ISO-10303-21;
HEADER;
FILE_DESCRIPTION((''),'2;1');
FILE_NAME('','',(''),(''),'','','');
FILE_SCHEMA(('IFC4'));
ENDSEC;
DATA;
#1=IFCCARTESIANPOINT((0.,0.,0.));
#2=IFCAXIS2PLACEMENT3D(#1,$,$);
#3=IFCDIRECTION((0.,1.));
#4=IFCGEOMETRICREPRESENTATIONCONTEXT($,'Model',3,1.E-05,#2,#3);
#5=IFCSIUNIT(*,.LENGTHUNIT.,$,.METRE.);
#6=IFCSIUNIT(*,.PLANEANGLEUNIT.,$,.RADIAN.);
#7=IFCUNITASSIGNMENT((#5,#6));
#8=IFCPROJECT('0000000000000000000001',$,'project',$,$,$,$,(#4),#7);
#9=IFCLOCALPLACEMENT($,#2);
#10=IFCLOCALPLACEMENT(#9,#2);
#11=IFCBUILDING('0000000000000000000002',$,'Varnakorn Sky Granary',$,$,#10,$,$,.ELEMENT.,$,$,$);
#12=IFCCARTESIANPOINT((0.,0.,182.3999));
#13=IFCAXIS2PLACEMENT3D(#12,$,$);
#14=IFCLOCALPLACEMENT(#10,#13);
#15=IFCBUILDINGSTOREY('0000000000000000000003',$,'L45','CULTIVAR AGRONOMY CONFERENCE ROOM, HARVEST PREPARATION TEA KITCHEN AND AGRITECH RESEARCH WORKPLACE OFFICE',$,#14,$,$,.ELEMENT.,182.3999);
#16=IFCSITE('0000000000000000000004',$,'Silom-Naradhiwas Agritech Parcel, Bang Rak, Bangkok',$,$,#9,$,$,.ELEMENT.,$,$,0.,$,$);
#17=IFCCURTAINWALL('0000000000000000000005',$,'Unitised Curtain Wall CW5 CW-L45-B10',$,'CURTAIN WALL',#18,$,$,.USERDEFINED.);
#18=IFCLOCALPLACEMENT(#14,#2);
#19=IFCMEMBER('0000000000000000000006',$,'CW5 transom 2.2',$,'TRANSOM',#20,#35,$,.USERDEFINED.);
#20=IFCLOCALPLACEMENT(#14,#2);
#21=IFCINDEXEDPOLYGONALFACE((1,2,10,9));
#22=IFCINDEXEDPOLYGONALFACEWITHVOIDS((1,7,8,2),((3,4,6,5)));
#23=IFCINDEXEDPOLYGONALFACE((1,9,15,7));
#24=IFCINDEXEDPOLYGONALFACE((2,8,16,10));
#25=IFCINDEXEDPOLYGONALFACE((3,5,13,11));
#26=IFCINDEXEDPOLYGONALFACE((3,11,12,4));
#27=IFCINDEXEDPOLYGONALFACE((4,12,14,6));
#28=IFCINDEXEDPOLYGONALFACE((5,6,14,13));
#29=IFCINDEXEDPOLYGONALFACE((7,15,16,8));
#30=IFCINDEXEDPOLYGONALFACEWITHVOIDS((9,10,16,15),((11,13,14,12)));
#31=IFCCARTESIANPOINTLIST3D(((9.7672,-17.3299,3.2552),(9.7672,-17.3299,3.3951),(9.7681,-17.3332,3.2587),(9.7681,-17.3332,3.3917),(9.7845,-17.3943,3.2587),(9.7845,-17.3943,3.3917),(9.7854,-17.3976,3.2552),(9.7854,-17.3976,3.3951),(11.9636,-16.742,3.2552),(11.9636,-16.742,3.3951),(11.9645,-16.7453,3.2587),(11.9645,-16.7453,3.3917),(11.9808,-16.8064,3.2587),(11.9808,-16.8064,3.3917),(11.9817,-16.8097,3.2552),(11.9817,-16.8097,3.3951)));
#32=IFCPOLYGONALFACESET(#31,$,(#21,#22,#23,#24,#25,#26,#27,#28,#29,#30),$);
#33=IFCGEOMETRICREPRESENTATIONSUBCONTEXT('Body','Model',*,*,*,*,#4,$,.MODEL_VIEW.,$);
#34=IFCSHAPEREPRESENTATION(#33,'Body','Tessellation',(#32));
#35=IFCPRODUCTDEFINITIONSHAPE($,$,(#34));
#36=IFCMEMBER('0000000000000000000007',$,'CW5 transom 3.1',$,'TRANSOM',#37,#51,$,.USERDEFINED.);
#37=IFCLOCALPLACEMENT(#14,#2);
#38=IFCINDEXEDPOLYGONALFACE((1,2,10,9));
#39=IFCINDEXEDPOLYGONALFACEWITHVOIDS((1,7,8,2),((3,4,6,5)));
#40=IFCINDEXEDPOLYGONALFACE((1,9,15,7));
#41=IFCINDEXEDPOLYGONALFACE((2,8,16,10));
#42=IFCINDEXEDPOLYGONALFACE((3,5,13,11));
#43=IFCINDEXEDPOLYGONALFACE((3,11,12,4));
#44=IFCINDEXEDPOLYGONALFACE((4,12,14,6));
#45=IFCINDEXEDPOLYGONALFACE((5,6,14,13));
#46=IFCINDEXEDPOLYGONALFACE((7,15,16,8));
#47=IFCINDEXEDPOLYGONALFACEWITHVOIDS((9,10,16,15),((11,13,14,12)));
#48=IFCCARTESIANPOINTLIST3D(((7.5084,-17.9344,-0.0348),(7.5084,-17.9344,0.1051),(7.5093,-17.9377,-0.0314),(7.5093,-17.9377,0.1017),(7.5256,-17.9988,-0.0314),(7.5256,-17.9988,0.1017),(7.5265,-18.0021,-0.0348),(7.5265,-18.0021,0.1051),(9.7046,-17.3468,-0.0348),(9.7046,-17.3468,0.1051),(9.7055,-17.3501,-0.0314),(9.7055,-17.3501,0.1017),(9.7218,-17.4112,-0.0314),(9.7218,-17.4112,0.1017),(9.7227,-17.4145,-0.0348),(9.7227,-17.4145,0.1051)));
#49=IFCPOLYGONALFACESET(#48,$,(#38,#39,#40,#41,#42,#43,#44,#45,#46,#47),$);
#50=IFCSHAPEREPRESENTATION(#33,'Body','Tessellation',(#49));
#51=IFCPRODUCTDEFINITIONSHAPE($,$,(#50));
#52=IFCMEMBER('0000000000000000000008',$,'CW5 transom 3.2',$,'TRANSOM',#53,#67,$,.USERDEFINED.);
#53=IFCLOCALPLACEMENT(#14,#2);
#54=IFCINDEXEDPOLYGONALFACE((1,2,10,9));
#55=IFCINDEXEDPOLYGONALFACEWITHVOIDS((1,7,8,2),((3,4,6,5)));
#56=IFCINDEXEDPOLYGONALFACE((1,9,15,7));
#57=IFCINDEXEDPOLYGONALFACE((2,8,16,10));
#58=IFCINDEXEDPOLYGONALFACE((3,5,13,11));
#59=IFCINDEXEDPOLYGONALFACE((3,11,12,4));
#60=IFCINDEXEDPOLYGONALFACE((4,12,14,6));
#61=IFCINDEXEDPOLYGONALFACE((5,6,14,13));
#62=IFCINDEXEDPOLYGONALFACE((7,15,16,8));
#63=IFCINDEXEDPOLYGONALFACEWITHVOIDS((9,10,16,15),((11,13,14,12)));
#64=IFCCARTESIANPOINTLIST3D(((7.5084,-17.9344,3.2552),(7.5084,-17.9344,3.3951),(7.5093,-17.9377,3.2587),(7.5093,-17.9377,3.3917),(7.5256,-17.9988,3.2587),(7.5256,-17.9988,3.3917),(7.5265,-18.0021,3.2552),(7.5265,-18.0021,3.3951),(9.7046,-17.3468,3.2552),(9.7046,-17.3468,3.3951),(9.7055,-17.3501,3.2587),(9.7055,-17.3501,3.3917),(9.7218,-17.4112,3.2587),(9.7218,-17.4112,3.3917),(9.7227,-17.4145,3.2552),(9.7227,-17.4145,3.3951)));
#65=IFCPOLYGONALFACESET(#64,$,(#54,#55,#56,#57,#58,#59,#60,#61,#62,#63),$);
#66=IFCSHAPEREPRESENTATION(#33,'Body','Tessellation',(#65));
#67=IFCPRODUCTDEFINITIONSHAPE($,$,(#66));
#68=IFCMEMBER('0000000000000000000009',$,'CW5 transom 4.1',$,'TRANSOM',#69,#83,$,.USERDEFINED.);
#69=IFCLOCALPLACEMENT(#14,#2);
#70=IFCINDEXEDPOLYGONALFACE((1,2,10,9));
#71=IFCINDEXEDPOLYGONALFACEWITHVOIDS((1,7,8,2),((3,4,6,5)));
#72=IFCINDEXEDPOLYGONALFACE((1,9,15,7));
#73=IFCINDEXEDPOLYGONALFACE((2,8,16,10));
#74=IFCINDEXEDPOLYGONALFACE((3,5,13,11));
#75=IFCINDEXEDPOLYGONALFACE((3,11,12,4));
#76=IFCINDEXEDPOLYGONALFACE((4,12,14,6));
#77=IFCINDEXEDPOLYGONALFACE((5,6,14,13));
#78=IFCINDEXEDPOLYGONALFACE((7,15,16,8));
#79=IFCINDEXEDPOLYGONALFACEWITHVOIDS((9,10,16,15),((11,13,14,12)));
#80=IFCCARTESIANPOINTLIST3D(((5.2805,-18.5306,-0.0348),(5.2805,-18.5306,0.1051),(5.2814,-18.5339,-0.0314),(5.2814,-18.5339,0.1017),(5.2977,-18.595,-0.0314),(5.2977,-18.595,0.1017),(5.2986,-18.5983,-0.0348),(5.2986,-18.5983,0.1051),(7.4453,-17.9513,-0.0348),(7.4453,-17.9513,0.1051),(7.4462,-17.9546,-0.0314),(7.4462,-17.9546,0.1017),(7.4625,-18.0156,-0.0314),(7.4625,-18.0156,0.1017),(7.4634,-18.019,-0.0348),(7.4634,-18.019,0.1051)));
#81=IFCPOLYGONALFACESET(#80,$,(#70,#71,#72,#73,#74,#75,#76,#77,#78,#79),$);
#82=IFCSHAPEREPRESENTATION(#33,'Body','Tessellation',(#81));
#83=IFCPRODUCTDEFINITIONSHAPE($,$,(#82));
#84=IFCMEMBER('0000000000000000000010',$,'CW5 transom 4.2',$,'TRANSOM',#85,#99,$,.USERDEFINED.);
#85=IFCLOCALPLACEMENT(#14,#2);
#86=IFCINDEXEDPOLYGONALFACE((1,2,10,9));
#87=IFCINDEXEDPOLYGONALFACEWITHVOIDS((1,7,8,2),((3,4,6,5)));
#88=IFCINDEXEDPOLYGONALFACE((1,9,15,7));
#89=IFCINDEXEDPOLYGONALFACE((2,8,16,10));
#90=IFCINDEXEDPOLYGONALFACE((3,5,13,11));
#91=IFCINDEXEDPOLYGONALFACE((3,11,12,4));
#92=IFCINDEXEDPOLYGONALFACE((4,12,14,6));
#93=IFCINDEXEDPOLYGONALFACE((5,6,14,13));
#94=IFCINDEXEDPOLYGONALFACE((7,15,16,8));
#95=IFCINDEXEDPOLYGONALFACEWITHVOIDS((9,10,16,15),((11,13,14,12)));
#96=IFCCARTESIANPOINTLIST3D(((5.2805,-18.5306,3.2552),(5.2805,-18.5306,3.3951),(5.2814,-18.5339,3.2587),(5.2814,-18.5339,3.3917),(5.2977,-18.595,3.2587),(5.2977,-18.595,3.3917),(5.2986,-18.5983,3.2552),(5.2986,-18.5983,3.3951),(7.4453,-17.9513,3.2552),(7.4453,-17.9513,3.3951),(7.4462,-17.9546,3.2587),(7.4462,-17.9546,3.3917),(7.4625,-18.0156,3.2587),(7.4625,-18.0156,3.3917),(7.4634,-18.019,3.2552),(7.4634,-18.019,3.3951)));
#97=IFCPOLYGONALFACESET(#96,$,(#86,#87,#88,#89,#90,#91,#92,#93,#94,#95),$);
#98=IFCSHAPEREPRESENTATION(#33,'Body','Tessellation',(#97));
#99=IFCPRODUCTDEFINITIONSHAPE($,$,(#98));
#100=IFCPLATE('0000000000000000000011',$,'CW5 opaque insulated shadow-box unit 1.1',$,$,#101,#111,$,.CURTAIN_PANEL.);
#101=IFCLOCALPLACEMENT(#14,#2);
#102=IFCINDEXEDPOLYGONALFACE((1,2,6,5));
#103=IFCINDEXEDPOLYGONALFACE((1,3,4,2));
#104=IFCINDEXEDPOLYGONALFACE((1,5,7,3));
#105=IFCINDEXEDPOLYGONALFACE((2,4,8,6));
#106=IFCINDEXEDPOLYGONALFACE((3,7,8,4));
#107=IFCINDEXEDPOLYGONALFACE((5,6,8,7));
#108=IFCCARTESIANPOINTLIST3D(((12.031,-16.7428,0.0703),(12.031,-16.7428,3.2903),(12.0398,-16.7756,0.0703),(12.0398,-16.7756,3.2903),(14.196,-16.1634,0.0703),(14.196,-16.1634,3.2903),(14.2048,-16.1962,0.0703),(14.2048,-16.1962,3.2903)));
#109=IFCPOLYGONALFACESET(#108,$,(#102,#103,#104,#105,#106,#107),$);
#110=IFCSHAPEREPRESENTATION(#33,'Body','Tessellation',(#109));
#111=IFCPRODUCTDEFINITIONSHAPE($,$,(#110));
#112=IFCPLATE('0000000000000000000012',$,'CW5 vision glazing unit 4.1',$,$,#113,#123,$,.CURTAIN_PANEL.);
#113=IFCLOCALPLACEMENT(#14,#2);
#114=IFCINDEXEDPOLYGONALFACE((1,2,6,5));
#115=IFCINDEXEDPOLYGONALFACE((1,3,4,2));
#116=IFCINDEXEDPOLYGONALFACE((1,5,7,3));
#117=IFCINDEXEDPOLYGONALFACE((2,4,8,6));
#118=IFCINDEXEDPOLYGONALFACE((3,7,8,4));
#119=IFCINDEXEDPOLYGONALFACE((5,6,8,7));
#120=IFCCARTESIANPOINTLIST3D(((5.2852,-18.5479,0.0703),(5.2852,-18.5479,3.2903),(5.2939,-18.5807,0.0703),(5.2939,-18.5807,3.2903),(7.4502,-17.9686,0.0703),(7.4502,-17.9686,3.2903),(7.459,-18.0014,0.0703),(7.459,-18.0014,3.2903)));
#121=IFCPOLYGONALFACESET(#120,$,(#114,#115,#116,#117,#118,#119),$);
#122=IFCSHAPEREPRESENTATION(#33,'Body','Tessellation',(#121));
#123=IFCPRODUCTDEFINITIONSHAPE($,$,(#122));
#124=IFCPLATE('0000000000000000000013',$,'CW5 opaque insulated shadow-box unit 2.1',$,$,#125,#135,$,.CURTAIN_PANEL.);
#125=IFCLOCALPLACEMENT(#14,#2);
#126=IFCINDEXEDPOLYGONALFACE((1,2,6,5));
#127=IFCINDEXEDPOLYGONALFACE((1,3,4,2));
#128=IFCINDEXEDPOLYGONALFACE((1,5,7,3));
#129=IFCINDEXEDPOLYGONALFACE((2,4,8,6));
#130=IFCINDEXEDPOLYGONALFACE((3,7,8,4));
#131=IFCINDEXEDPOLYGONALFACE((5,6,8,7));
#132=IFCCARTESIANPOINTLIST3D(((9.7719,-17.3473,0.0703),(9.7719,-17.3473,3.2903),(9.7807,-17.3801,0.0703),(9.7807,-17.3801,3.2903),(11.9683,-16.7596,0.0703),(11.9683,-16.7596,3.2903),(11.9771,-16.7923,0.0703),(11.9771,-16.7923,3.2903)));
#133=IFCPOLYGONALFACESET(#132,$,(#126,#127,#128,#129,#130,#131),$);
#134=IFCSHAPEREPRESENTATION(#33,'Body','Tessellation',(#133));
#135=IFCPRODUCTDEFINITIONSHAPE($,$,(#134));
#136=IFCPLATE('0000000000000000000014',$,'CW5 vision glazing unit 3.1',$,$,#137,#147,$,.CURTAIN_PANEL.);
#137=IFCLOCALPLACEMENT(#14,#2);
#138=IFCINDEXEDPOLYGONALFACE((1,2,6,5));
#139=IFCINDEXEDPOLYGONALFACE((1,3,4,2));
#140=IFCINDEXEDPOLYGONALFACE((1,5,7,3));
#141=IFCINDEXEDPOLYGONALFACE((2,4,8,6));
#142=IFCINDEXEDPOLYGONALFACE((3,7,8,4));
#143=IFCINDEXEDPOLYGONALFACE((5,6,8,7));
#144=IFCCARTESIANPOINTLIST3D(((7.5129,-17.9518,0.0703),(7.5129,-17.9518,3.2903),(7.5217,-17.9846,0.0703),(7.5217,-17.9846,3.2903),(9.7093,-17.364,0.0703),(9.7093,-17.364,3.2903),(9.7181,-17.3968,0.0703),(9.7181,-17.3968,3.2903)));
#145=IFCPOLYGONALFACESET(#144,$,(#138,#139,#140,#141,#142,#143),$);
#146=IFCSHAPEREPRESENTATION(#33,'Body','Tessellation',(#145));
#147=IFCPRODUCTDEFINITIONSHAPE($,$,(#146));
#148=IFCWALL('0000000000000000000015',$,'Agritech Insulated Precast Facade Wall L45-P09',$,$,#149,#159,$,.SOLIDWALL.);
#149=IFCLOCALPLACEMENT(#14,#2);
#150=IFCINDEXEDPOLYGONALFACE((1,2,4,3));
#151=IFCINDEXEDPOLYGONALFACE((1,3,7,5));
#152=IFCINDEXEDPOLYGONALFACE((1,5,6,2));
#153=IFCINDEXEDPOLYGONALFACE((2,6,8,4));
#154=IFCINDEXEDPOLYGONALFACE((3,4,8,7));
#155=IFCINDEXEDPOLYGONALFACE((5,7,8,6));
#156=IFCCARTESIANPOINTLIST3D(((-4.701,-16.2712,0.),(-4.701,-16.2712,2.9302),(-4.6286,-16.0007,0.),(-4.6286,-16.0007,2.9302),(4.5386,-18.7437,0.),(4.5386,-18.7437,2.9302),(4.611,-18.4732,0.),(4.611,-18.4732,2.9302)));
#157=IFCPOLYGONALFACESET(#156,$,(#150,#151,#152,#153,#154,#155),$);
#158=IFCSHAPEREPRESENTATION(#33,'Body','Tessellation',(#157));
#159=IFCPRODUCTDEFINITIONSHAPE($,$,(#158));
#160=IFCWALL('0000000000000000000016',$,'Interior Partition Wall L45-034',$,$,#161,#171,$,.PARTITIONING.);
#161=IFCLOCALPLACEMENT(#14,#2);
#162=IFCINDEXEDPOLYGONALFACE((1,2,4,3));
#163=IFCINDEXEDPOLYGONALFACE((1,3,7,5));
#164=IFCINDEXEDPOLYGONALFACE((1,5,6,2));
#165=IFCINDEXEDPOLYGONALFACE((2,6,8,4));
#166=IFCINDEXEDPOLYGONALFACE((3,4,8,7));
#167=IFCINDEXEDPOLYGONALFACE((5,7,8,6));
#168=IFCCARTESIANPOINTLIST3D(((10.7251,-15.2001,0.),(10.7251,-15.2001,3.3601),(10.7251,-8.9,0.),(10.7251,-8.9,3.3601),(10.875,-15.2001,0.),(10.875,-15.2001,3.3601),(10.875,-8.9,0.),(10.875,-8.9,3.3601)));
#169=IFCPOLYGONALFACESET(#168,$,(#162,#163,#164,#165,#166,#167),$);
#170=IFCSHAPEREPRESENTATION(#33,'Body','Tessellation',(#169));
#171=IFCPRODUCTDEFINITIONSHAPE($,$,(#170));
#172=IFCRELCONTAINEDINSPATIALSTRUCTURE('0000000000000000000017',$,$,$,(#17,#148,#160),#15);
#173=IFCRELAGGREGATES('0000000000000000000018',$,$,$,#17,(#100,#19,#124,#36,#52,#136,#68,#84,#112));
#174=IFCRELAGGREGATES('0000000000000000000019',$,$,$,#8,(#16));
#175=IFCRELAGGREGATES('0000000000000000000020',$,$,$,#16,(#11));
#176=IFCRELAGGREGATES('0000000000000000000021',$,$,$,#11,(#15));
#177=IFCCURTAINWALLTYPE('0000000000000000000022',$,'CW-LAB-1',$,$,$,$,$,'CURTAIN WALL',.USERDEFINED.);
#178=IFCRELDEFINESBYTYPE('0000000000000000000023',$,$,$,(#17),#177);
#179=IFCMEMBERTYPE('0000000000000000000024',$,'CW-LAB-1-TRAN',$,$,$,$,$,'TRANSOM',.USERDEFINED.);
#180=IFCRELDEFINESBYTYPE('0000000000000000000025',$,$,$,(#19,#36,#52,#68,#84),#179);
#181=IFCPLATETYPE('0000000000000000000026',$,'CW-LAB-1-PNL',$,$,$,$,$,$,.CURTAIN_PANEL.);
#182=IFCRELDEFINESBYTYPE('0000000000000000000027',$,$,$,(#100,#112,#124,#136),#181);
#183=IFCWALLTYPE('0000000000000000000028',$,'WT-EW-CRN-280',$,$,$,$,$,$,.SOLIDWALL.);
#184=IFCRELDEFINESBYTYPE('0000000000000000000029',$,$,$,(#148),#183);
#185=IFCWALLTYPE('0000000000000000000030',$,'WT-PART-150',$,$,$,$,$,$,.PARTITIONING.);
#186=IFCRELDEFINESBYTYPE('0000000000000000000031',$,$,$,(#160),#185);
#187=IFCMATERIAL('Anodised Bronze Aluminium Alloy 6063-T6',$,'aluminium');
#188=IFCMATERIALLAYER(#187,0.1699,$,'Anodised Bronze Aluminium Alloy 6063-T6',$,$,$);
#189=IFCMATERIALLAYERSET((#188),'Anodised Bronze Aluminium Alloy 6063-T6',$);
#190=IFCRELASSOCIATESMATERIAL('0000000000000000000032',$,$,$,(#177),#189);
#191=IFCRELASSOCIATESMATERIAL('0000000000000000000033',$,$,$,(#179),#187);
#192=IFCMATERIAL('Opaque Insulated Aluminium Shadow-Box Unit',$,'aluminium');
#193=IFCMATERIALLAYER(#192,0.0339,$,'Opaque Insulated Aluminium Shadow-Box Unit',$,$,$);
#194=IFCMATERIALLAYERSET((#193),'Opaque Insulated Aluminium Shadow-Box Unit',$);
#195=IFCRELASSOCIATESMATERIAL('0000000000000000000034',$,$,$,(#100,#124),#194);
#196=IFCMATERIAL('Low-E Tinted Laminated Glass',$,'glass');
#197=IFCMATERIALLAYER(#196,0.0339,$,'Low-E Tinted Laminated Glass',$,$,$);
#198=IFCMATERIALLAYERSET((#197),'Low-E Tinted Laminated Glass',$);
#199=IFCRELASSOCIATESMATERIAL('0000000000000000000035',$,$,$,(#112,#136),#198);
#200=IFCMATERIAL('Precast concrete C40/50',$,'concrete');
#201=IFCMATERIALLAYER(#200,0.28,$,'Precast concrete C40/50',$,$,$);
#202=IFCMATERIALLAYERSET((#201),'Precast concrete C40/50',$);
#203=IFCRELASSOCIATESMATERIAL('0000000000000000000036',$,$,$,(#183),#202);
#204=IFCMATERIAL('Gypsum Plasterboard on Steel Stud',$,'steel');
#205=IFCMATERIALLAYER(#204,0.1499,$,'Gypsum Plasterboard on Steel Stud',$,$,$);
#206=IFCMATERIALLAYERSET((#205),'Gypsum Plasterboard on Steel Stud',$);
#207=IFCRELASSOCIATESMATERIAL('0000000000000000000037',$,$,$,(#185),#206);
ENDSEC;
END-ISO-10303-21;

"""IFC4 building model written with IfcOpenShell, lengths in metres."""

from ifc_helpers import new_model, si_unit, direction, frame, frame_2d, origin, origin_2d, place, context, subcontext, project, spatial, rectangle, hollow_rectangle, extrude, source, transform, mapped, material, layer, layer_set, material_profile, profile_set, type_object, type_shapes, element, aggregate, save


model = new_model("IFC4")

# Units and contexts
model_context = context("Model", 3, precision=1e-05, world=origin(), true_north=direction((0.0, 1.0)))
body_context = subcontext(model_context, "Body", "Model", "MODEL_VIEW")
ifc_project = project(units=[si_unit("LENGTHUNIT", "METRE"), si_unit("PLANEANGLEUNIT", "RADIAN")], contexts=[model_context])

# Site, building, storey
site_placement = place(None, origin())
site = spatial("IfcSite", under=ifc_project, at=site_placement, Name="Silom-Naradhiwas Agritech Parcel, Bang Rak, Bangkok", CompositionType="ELEMENT", RefElevation=0.0)
building_placement = place(site_placement, origin())
building = spatial("IfcBuilding", under=site, at=building_placement, Name="Varnakorn Sky Granary", CompositionType="ELEMENT")
storey_placement = place(building_placement, frame((0.0, 0.0, 182.3999)))
storey = spatial("IfcBuildingStorey", under=building, at=storey_placement, Name="L45", Description="CULTIVAR AGRONOMY CONFERENCE ROOM, HARVEST PREPARATION TEA KITCHEN AND AGRITECH RESEARCH WORKPLACE OFFICE", CompositionType="ELEMENT", Elevation=182.3999)

# Curtain wall, members, plates
ifc_material_1 = material(Name="Anodised Bronze Aluminium Alloy 6063-T6", Category="aluminium")
ifc_layer_1 = layer(ifc_material_1, 0.1699, Name="Anodised Bronze Aluminium Alloy 6063-T6")
ifc_layer_set_1 = layer_set([ifc_layer_1], Name="Anodised Bronze Aluminium Alloy 6063-T6")
curtain_wall_type = type_object("IfcCurtainWallType", Name="CW-LAB-1", ElementType="CURTAIN WALL", PredefinedType="USERDEFINED", material=ifc_layer_set_1)
curtain_wall_placement = place(storey_placement, origin())
curtain_wall = element("IfcCurtainWall", 1, at=curtain_wall_placement, inside=storey, type_object=curtain_wall_type, Name="Unitised Curtain Wall CW5 CW-L45-B10", ObjectType="CURTAIN WALL", PredefinedType="USERDEFINED")
ifc_material_profile_1 = material_profile(ifc_material_1, hollow_rectangle(XDim=0.0701, YDim=0.1399, WallThickness=0.0034, at=origin_2d()), Name="ALU TRAN 70x140")
ifc_profile_set_1 = profile_set([ifc_material_profile_1], Name="Anodised Bronze Aluminium Alloy 6063-T6")
member_type_1 = type_object("IfcMemberType", Name="CW-LAB-1-TRAN", ElementType="TRANSOM", PredefinedType="USERDEFINED", material=ifc_profile_set_1)
member_1_placement = place(storey_placement, frame((11.9727, -16.7759, 3.3252), z_axis=(-0.965992, -0.258571, 0.0), x_axis=(0.258571, -0.965992, 0.0)))
member_1 = element("IfcMember", 2, at=member_1_placement, type_object=member_type_1, Name="CW5 transom 2.2", ObjectType="TRANSOM", PredefinedType="USERDEFINED", context=body_context, shape_type="SweptSolid", body=[
    extrude(hollow_rectangle(XDim=0.0701, YDim=0.1399, WallThickness=0.0034, at=origin_2d()), origin(), (0.0, 0.0, 1.0), 2.2737),
])
member_2_placement = place(storey_placement, frame((9.7136, -17.3806, 0.0352), z_axis=(-0.966019, -0.258471, 0.0), x_axis=(0.258471, -0.966019, 0.0)))
member_2 = element("IfcMember", 3, at=member_2_placement, type_object=member_type_1, Name="CW5 transom 3.1", ObjectType="TRANSOM", PredefinedType="USERDEFINED", context=body_context, shape_type="SweptSolid", body=[
    extrude(hollow_rectangle(XDim=0.0701, YDim=0.1399, WallThickness=0.0034, at=origin_2d()), origin(), (0.0, 0.0, 1.0), 2.2734),
])
member_3_placement = place(storey_placement, frame((9.7136, -17.3806, 3.3252), z_axis=(-0.966019, -0.258471, 0.0), x_axis=(0.258471, -0.966019, 0.0)))
member_3 = element("IfcMember", 4, at=member_3_placement, type_object=member_type_1, Name="CW5 transom 3.2", ObjectType="TRANSOM", PredefinedType="USERDEFINED", context=body_context, shape_type="SweptSolid", body=[
    extrude(hollow_rectangle(XDim=0.0701, YDim=0.1399, WallThickness=0.0034, at=origin_2d()), origin(), (0.0, 0.0, 1.0), 2.2734),
])
member_4_placement = place(storey_placement, frame((7.4543, -17.9851, 0.0352), z_axis=(-0.966005, -0.258524, 0.0), x_axis=(0.258524, -0.966005, 0.0)))
member_4 = element("IfcMember", 5, at=member_4_placement, type_object=member_type_1, Name="CW5 transom 4.1", ObjectType="TRANSOM", PredefinedType="USERDEFINED", context=body_context, shape_type="SweptSolid", body=[
    extrude(hollow_rectangle(XDim=0.0701, YDim=0.1399, WallThickness=0.0034, at=origin_2d()), origin(), (0.0, 0.0, 1.0), 2.241),
])
member_5_placement = place(storey_placement, frame((7.4543, -17.9851, 3.3252), z_axis=(-0.966005, -0.258524, 0.0), x_axis=(0.258524, -0.966005, 0.0)))
member_5 = element("IfcMember", 6, at=member_5_placement, type_object=member_type_1, Name="CW5 transom 4.2", ObjectType="TRANSOM", PredefinedType="USERDEFINED", context=body_context, shape_type="SweptSolid", body=[
    extrude(hollow_rectangle(XDim=0.0701, YDim=0.1399, WallThickness=0.0034, at=origin_2d()), origin(), (0.0, 0.0, 1.0), 2.241),
])
ifc_material_2 = material(Name="Opaque Insulated Aluminium Shadow-Box Unit", Category="aluminium")
ifc_layer_2 = layer(ifc_material_2, 0.0339, Name="Opaque Insulated Aluminium Shadow-Box Unit")
ifc_layer_set_2 = layer_set([ifc_layer_2], Name="Opaque Insulated Aluminium Shadow-Box Unit")
plate_type = type_object("IfcPlateType", Name="CW-LAB-1-PNL", PredefinedType="CURTAIN_PANEL")
shared_shape_1 = source(origin(), body_context, "Body", "SweptSolid", [
    extrude(rectangle(XDim=2.2412, YDim=0.0339, at=origin_2d()), origin(), (0.0, 0.0, 1.0), 3.22),
])
plate_1_placement = place(storey_placement, frame((13.1179, -16.4695, 0.0703), z_axis=(0.0, 0.0, 1.0), x_axis=(-0.96601, -0.258505, 0.0)))
plate_1 = element("IfcPlate", 7, at=plate_1_placement, type_object=plate_type, material=ifc_layer_set_2, Name="CW5 opaque insulated shadow-box unit 1.1", PredefinedType="CURTAIN_PANEL", context=body_context, shape_type="MappedRepresentation", body=[
    mapped(shared_shape_1, transform((0.0, 0.0, 0.0), x_axis=(1.0, 0.0, 0.0), y_axis=(0.0, 1.0, 0.0), z_axis=(0.0, 0.0, 1.0), scale=1.0)),
])
ifc_material_3 = material(Name="Low-E Tinted Laminated Glass", Category="glass")
ifc_layer_3 = layer(ifc_material_3, 0.0339, Name="Low-E Tinted Laminated Glass")
ifc_layer_set_3 = layer_set([ifc_layer_3], Name="Low-E Tinted Laminated Glass")
plate_2_placement = place(storey_placement, frame((6.3721, -18.2747, 0.0703), z_axis=(0.0, 0.0, 1.0), x_axis=(-0.96601, -0.258505, 0.0)))
plate_2 = element("IfcPlate", 8, at=plate_2_placement, type_object=plate_type, material=ifc_layer_set_3, Name="CW5 vision glazing unit 4.1", PredefinedType="CURTAIN_PANEL", context=body_context, shape_type="MappedRepresentation", body=[
    mapped(shared_shape_1, transform((0.0, 0.0, 0.0), x_axis=(1.0, 0.0, 0.0), y_axis=(0.0, 1.0, 0.0), z_axis=(0.0, 0.0, 1.0), scale=1.0)),
])
shared_shape_2 = source(origin(), body_context, "Body", "SweptSolid", [
    extrude(rectangle(XDim=2.2737, YDim=0.0339, at=origin_2d()), origin(), (0.0, 0.0, 1.0), 3.22),
])
type_shapes(plate_type, [shared_shape_1, shared_shape_2])
plate_3_placement = place(storey_placement, frame((10.8745, -17.0698, 0.0703), z_axis=(0.0, 0.0, 1.0), x_axis=(-0.96601, -0.258505, 0.0)))
plate_3 = element("IfcPlate", 9, at=plate_3_placement, type_object=plate_type, material=ifc_layer_set_2, Name="CW5 opaque insulated shadow-box unit 2.1", PredefinedType="CURTAIN_PANEL", context=body_context, shape_type="MappedRepresentation", body=[
    mapped(shared_shape_2, transform((0.0, 0.0, 0.0), x_axis=(1.0, 0.0, 0.0), y_axis=(0.0, 1.0, 0.0), z_axis=(0.0, 0.0, 1.0), scale=1.0)),
])
plate_4_placement = place(storey_placement, frame((8.6155, -17.6743, 0.0703), z_axis=(0.0, 0.0, 1.0), x_axis=(-0.96601, -0.258505, 0.0)))
plate_4 = element("IfcPlate", 10, at=plate_4_placement, type_object=plate_type, material=ifc_layer_set_3, Name="CW5 vision glazing unit 3.1", PredefinedType="CURTAIN_PANEL", context=body_context, shape_type="MappedRepresentation", body=[
    mapped(shared_shape_2, transform((0.0, 0.0, 0.0), x_axis=(1.0, 0.0, 0.0), y_axis=(0.0, 1.0, 0.0), z_axis=(0.0, 0.0, 1.0), scale=1.0)),
])
aggregate(curtain_wall, [plate_1, member_1, plate_3, member_2, member_3, plate_4, member_4, member_5, plate_2])

# Walls
ifc_material_4 = material(Name="Precast concrete C40/50", Category="concrete")
ifc_layer_4 = layer(ifc_material_4, 0.28, Name="Precast concrete C40/50")
ifc_layer_set_4 = layer_set([ifc_layer_4], Name="Precast concrete C40/50")
wall_type_1 = type_object("IfcWallType", Name="WT-EW-CRN-280", PredefinedType="SOLIDWALL", material=ifc_layer_set_4)
wall_1_placement = place(storey_placement, frame((4.5747, -18.6084, 0.0), z_axis=(0.0, 0.0, 1.0), x_axis=(-0.966012, 0.258497, 0.0)))
element("IfcWall", 11, at=wall_1_placement, inside=storey, type_object=wall_type_1, Name="Agritech Insulated Precast Facade Wall L45-P09", PredefinedType="SOLIDWALL", context=body_context, shape_type="SweptSolid", body=[
    extrude(rectangle(XDim=9.5647, YDim=0.28, at=frame_2d((4.7822, 0.0))), origin(), (0.0, 0.0, 1.0), 2.9302),
])
ifc_material_5 = material(Name="Gypsum Plasterboard on Steel Stud", Category="steel")
ifc_layer_5 = layer(ifc_material_5, 0.1499, Name="Gypsum Plasterboard on Steel Stud")
ifc_layer_set_5 = layer_set([ifc_layer_5], Name="Gypsum Plasterboard on Steel Stud")
wall_type_2 = type_object("IfcWallType", Name="WT-PART-150", PredefinedType="PARTITIONING", material=ifc_layer_set_5)
wall_2_placement = place(storey_placement, frame((10.8, -15.2, 0.0), z_axis=(0.0, 0.0, 1.0), x_axis=(0.0, 1.0, 0.0)))
element("IfcWall", 12, at=wall_2_placement, inside=storey, type_object=wall_type_2, Name="Interior Partition Wall L45-034", PredefinedType="PARTITIONING", context=body_context, shape_type="SweptSolid", body=[
    extrude(rectangle(XDim=6.3, YDim=0.1499, at=frame_2d((3.1499, 0.0))), origin(), (0.0, 0.0, 1.0), 3.3601),
])

save(model, "model.ifc")
